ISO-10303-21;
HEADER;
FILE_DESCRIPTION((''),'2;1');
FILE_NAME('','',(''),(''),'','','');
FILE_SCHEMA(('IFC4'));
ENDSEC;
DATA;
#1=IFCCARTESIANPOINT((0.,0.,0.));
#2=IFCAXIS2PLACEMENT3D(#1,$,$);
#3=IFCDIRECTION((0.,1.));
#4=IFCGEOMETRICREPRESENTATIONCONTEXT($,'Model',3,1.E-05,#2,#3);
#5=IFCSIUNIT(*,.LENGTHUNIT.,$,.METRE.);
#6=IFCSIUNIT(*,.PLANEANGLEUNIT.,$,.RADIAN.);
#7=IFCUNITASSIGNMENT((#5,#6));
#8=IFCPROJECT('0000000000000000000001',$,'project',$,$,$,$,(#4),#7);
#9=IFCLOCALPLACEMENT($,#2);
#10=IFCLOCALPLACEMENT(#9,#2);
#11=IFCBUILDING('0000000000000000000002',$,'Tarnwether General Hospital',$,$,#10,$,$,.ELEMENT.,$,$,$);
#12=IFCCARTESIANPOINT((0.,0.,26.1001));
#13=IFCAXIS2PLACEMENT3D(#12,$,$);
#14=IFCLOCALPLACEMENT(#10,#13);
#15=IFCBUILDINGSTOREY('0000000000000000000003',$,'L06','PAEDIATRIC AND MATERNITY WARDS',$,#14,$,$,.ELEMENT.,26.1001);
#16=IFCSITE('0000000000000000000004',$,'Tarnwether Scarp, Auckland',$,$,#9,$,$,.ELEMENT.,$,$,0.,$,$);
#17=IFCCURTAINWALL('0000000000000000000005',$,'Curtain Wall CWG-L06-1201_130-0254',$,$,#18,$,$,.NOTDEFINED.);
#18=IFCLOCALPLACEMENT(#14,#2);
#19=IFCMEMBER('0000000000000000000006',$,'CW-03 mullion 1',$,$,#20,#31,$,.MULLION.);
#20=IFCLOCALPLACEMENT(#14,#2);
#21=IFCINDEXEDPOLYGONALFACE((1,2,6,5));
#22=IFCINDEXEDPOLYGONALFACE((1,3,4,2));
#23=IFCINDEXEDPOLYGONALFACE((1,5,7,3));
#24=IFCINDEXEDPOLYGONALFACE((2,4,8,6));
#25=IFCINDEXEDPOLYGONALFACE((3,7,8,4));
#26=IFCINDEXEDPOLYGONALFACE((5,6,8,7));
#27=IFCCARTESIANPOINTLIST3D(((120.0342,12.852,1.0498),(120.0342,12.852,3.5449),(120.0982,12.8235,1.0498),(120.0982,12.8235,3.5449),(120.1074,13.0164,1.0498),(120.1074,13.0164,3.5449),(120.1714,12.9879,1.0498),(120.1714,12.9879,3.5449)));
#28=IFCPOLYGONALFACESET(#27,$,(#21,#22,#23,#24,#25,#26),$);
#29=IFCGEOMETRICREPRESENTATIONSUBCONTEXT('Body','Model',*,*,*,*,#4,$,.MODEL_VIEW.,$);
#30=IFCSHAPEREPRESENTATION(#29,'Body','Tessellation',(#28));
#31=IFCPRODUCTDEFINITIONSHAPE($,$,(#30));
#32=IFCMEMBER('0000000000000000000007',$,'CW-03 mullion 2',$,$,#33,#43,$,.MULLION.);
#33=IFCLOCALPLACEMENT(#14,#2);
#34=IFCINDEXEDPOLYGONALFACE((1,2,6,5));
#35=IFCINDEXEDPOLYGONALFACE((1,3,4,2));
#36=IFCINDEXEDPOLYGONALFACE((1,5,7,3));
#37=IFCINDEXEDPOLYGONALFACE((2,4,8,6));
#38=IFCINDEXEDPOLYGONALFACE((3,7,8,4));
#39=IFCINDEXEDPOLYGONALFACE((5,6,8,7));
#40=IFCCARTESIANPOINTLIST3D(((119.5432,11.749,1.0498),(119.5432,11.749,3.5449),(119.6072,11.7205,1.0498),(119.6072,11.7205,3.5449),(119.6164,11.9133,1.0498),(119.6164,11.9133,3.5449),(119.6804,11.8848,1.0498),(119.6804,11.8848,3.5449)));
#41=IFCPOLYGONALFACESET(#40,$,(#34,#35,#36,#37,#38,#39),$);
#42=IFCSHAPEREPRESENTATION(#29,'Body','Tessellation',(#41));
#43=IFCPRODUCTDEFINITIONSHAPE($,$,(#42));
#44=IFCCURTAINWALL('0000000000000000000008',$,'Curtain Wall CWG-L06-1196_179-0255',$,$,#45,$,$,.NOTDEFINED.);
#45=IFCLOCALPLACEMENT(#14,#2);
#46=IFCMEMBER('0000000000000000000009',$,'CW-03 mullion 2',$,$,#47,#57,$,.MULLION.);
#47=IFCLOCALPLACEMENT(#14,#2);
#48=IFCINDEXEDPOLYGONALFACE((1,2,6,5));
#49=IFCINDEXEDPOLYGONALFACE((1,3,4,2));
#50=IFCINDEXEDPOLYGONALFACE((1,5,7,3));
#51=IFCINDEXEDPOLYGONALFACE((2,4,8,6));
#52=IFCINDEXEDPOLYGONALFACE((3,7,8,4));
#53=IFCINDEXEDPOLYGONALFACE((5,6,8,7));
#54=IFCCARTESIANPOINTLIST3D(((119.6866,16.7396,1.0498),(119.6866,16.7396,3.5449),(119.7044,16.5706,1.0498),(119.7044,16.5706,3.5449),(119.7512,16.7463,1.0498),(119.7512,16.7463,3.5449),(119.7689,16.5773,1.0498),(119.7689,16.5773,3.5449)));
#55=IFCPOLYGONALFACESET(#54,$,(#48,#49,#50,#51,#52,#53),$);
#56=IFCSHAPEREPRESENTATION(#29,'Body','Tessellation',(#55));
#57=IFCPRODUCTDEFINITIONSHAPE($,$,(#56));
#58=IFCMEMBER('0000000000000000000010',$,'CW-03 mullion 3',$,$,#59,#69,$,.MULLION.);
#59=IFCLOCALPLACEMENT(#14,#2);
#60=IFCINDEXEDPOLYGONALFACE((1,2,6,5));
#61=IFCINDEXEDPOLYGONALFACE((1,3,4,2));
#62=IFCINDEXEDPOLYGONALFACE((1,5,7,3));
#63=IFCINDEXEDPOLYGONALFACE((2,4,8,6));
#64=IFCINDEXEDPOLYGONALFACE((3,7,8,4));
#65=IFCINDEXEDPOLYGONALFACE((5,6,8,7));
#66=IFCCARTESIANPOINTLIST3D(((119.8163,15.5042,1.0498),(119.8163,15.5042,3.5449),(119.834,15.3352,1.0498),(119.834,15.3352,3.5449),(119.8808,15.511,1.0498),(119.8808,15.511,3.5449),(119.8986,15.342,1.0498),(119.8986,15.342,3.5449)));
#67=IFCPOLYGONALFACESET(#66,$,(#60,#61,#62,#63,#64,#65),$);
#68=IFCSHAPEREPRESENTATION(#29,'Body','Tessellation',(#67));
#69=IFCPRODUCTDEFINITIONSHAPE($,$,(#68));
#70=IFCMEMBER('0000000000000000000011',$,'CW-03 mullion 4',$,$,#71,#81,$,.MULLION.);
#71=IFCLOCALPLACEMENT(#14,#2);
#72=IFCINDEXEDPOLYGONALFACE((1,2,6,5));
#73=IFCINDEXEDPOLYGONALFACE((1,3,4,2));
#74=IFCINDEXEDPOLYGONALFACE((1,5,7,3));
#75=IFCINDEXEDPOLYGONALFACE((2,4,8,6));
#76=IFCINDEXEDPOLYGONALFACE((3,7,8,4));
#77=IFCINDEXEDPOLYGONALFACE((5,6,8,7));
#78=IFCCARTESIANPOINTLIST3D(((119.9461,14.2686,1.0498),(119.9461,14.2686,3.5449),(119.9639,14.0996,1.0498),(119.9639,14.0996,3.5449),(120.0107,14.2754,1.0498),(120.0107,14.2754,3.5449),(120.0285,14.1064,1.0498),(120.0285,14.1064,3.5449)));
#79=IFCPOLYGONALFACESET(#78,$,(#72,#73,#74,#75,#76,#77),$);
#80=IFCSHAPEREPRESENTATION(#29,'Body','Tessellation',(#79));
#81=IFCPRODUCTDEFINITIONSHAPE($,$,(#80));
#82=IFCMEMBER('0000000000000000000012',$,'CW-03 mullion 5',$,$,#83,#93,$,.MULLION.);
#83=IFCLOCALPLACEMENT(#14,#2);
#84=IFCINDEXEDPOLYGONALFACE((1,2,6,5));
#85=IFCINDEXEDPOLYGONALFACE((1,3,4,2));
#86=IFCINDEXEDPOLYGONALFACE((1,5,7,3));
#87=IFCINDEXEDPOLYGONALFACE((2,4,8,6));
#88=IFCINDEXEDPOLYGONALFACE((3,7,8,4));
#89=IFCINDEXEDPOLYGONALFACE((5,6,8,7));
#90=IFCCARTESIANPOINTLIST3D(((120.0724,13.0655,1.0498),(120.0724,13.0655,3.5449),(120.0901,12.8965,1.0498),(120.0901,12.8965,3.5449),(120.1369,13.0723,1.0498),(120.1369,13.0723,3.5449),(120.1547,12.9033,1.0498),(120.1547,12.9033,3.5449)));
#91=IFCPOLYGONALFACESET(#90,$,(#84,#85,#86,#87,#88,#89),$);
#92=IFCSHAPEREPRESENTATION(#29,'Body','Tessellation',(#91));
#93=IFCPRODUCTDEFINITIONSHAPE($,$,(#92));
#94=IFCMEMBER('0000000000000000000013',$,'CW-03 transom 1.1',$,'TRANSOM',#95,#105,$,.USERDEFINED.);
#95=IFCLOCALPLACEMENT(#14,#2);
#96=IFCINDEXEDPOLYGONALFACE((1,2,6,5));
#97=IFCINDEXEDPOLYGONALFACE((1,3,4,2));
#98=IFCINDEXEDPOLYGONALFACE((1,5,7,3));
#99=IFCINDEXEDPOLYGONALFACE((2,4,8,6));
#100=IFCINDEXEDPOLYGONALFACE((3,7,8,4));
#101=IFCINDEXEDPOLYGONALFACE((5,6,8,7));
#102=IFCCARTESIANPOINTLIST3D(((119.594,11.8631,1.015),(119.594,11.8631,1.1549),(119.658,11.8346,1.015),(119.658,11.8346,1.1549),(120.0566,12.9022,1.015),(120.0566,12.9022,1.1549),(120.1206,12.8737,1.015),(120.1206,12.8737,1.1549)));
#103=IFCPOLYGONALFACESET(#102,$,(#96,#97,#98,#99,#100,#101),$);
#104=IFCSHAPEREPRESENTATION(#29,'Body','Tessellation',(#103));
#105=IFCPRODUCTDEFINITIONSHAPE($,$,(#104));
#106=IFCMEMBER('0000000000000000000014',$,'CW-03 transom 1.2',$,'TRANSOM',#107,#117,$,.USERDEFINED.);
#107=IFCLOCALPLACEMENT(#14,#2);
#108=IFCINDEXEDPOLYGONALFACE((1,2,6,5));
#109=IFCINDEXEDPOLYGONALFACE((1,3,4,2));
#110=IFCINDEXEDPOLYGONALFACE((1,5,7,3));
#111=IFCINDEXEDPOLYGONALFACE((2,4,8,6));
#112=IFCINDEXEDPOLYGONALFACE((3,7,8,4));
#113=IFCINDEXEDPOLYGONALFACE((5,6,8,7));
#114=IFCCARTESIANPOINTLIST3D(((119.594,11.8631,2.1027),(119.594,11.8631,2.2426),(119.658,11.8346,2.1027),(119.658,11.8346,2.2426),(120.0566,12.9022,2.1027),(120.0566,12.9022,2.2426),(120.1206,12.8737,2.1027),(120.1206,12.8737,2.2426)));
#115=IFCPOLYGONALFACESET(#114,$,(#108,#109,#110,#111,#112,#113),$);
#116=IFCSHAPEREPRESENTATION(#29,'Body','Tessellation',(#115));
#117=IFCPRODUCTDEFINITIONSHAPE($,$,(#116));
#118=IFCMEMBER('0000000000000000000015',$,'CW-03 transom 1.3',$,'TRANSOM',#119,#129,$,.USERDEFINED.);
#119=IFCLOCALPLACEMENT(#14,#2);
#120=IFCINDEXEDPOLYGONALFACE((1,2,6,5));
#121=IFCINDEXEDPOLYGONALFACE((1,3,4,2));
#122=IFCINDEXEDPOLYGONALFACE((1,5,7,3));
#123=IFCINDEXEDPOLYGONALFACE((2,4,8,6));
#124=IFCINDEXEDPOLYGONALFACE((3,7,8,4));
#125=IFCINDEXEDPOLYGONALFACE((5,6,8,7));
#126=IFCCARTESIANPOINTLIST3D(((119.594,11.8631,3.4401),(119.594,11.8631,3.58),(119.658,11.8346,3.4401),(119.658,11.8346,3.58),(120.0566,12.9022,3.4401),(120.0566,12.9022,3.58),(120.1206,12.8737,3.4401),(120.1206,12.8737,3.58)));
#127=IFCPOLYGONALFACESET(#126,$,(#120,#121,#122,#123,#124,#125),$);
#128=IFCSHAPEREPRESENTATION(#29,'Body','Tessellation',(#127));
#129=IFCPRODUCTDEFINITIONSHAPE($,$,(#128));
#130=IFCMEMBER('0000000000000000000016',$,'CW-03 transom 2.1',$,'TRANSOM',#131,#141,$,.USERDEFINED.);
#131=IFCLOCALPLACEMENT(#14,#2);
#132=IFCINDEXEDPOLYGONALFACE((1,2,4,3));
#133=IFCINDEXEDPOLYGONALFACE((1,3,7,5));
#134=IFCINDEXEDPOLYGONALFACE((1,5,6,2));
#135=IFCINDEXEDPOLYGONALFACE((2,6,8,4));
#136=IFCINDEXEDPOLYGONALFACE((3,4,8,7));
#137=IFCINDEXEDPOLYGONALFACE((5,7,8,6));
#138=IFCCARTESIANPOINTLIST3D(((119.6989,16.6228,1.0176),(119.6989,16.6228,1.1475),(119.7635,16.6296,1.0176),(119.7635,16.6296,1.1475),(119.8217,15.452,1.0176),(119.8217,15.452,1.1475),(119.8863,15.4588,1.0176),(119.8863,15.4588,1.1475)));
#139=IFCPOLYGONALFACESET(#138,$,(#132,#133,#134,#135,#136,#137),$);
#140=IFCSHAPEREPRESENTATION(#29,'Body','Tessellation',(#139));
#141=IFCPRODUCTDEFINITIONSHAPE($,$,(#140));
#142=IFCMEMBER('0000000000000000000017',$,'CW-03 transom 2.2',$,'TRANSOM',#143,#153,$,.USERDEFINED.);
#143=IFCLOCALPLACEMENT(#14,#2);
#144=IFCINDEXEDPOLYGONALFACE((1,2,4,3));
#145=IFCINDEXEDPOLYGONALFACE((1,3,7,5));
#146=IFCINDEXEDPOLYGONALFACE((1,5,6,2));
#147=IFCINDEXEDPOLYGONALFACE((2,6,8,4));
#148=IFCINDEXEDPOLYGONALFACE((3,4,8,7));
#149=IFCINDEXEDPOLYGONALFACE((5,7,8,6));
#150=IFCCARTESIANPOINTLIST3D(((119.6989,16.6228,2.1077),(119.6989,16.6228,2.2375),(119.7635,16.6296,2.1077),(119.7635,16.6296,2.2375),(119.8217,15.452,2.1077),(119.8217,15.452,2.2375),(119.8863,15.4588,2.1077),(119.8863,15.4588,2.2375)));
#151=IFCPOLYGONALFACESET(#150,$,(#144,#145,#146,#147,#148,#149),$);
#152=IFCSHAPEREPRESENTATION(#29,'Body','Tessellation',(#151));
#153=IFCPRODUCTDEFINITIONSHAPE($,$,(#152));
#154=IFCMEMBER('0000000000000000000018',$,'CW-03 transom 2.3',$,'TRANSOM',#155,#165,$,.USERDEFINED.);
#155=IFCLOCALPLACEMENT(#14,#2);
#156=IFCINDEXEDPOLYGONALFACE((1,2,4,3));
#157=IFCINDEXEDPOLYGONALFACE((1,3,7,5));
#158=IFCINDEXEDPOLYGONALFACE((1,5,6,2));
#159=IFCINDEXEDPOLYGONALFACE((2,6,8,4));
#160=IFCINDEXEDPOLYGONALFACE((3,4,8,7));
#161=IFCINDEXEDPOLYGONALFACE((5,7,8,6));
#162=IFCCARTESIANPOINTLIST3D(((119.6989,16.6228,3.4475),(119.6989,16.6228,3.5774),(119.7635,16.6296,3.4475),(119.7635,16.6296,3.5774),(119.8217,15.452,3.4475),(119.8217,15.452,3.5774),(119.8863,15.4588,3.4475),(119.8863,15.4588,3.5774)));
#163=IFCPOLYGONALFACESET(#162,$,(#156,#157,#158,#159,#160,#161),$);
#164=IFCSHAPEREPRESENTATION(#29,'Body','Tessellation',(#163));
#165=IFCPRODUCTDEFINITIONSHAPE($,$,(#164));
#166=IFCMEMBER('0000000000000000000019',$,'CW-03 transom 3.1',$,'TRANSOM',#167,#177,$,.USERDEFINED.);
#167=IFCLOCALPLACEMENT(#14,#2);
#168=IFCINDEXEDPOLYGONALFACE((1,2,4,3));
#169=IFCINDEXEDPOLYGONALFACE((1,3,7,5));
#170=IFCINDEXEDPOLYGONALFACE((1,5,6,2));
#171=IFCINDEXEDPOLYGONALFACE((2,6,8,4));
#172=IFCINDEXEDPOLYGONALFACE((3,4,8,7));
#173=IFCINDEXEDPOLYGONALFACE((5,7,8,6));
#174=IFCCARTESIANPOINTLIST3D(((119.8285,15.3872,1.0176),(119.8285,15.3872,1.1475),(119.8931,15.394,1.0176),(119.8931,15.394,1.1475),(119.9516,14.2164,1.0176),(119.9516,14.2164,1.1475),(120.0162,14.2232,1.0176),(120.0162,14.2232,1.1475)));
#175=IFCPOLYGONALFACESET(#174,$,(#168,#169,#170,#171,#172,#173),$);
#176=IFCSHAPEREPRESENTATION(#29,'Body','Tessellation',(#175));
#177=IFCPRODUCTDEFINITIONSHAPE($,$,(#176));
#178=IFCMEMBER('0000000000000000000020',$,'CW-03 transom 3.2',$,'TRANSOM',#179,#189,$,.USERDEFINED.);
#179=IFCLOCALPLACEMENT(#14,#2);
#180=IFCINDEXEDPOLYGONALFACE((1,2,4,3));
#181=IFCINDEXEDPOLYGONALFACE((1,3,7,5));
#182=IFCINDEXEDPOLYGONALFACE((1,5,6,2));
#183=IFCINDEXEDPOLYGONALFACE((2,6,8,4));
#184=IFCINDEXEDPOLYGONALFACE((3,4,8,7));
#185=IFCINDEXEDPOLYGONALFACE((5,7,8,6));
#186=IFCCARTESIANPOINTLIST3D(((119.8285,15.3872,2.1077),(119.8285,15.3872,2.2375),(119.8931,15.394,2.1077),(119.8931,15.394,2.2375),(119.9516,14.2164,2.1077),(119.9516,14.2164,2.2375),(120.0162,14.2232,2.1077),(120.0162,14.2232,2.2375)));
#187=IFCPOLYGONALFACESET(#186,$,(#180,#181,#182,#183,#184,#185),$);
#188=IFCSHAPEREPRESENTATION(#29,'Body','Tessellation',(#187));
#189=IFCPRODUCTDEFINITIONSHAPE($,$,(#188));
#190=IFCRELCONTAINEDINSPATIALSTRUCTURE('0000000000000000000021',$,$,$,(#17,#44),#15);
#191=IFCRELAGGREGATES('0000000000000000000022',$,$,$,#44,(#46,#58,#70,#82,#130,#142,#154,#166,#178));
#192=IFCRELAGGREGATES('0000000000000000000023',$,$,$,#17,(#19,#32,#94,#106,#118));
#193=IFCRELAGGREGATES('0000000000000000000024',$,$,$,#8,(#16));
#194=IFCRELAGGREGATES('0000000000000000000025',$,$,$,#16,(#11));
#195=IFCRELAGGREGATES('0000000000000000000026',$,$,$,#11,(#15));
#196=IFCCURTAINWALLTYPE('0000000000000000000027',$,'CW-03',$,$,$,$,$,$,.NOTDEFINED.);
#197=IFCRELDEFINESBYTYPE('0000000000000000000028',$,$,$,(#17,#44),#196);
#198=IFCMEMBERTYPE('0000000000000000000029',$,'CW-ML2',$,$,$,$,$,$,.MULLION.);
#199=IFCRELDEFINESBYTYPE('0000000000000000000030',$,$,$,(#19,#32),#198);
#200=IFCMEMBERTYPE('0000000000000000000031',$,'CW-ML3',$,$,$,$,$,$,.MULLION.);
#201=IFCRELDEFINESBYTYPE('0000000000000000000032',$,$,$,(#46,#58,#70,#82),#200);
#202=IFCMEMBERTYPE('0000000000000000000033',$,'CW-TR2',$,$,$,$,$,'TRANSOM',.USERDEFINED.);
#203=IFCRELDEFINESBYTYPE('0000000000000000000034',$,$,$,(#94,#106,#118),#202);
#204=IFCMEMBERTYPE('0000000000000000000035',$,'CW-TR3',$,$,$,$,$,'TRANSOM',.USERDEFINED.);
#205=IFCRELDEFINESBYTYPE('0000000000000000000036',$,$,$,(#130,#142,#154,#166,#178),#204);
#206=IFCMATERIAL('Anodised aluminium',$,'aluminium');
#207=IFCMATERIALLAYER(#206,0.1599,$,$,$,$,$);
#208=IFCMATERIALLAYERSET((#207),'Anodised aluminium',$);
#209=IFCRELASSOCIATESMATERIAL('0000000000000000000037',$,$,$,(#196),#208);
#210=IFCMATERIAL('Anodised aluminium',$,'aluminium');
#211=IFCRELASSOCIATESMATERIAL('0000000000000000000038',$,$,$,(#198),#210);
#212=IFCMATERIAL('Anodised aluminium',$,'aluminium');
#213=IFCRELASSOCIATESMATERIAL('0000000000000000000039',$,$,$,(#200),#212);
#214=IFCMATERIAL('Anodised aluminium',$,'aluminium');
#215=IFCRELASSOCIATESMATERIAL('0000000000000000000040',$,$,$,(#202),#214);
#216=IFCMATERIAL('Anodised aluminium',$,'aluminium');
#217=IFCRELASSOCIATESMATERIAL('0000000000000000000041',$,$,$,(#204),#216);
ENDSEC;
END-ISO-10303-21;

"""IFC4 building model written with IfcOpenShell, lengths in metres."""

from ifc_helpers import new_model, si_unit, direction, frame, origin, origin_2d, place, context, subcontext, project, spatial, rectangle, extrude, material, layer, layer_set, material_profile, profile_set, type_object, element, aggregate, save


model = new_model("IFC4")

# Units and contexts
model_context = context("Model", 3, precision=1e-05, world=origin(), true_north=direction((0.0, 1.0)))
body_context = subcontext(model_context, "Body", "Model", "MODEL_VIEW")
ifc_project = project(units=[si_unit("LENGTHUNIT", "METRE"), si_unit("PLANEANGLEUNIT", "RADIAN")], contexts=[model_context])

# Site, building, storey
site_placement = place(None, origin())
site = spatial("IfcSite", under=ifc_project, at=site_placement, Name="Tarnwether Scarp, Auckland", CompositionType="ELEMENT", RefElevation=0.0)
building_placement = place(site_placement, origin())
building = spatial("IfcBuilding", under=site, at=building_placement, Name="Tarnwether General Hospital", CompositionType="ELEMENT")
storey_placement = place(building_placement, frame((0.0, 0.0, 26.1001)))
storey = spatial("IfcBuildingStorey", under=building, at=storey_placement, Name="L06", Description="PAEDIATRIC AND MATERNITY WARDS", CompositionType="ELEMENT", Elevation=26.1001)

# Curtain walls, members
ifc_material_1 = material(Name="Anodised aluminium", Category="aluminium")
ifc_layer_1 = layer(ifc_material_1, 0.1599)
ifc_layer_set_1 = layer_set([ifc_layer_1], Name="Anodised aluminium")
curtain_wall_type = type_object("IfcCurtainWallType", Name="CW-03", PredefinedType="NOTDEFINED", material=ifc_layer_set_1)
curtain_wall_1_placement = place(storey_placement, origin())
curtain_wall_1 = element("IfcCurtainWall", 1, at=curtain_wall_1_placement, inside=storey, type_object=curtain_wall_type, Name="Curtain Wall CWG-L06-1201_130-0254", PredefinedType="NOTDEFINED")
ifc_material_2 = material(Name="Anodised aluminium", Category="aluminium")
ifc_material_profile_1 = material_profile(ifc_material_2, rectangle(XDim=0.0701, YDim=0.1799, at=origin_2d()), Name="ALU-MUL-70x180")
ifc_profile_set_1 = profile_set([ifc_material_profile_1], Name="Anodised aluminium")
member_type_1 = type_object("IfcMemberType", Name="CW-ML2", PredefinedType="MULLION", material=ifc_profile_set_1)
member_1_placement = place(storey_placement, frame((120.1028, 12.9199, 1.0498), z_axis=(0.0, 0.0, 1.0), x_axis=(0.913571, -0.40668, 0.0)))
member_1 = element("IfcMember", 2, at=member_1_placement, type_object=member_type_1, Name="CW-03 mullion 1", PredefinedType="MULLION", context=body_context, shape_type="SweptSolid", body=[
    extrude(rectangle(XDim=0.0701, YDim=0.1799, at=origin_2d()), origin(), (0.0, 0.0, 1.0), 2.4951),
])
member_2_placement = place(storey_placement, frame((119.6118, 11.8169, 1.0498), z_axis=(0.0, 0.0, 1.0), x_axis=(0.913571, -0.40668, 0.0)))
member_2 = element("IfcMember", 3, at=member_2_placement, type_object=member_type_1, Name="CW-03 mullion 2", PredefinedType="MULLION", context=body_context, shape_type="SweptSolid", body=[
    extrude(rectangle(XDim=0.0701, YDim=0.1799, at=origin_2d()), origin(), (0.0, 0.0, 1.0), 2.4951),
])
curtain_wall_2_placement = place(storey_placement, origin())
curtain_wall_2 = element("IfcCurtainWall", 4, at=curtain_wall_2_placement, inside=storey, type_object=curtain_wall_type, Name="Curtain Wall CWG-L06-1196_179-0255", PredefinedType="NOTDEFINED")
ifc_material_3 = material(Name="Anodised aluminium", Category="aluminium")
ifc_material_profile_2 = material_profile(ifc_material_3, rectangle(XDim=0.0649, YDim=0.1699, at=origin_2d()), Name="ALU-MUL-65x170")
ifc_profile_set_2 = profile_set([ifc_material_profile_2], Name="Anodised aluminium")
member_type_2 = type_object("IfcMemberType", Name="CW-ML3", PredefinedType="MULLION", material=ifc_profile_set_2)
member_3_placement = place(storey_placement, frame((119.7278, 16.6584, 1.0498), z_axis=(0.0, 0.0, 1.0), x_axis=(0.994531, 0.104444, 0.0)))
member_3 = element("IfcMember", 5, at=member_3_placement, type_object=member_type_2, Name="CW-03 mullion 2", PredefinedType="MULLION", context=body_context, shape_type="SweptSolid", body=[
    extrude(rectangle(XDim=0.0649, YDim=0.1699, at=origin_2d()), origin(), (0.0, 0.0, 1.0), 2.4951),
])
member_4_placement = place(storey_placement, frame((119.8574, 15.4231, 1.0498), z_axis=(0.0, 0.0, 1.0), x_axis=(0.994531, 0.104444, 0.0)))
member_4 = element("IfcMember", 6, at=member_4_placement, type_object=member_type_2, Name="CW-03 mullion 3", PredefinedType="MULLION", context=body_context, shape_type="SweptSolid", body=[
    extrude(rectangle(XDim=0.0649, YDim=0.1699, at=origin_2d()), origin(), (0.0, 0.0, 1.0), 2.4951),
])
member_5_placement = place(storey_placement, frame((119.9873, 14.1875, 1.0498), z_axis=(0.0, 0.0, 1.0), x_axis=(0.994531, 0.104444, 0.0)))
member_5 = element("IfcMember", 7, at=member_5_placement, type_object=member_type_2, Name="CW-03 mullion 4", PredefinedType="MULLION", context=body_context, shape_type="SweptSolid", body=[
    extrude(rectangle(XDim=0.0649, YDim=0.1699, at=origin_2d()), origin(), (0.0, 0.0, 1.0), 2.4951),
])
member_6_placement = place(storey_placement, frame((120.1135, 12.9844, 1.0498), z_axis=(0.0, 0.0, 1.0), x_axis=(0.994531, 0.104444, 0.0)))
member_6 = element("IfcMember", 8, at=member_6_placement, type_object=member_type_2, Name="CW-03 mullion 5", PredefinedType="MULLION", context=body_context, shape_type="SweptSolid", body=[
    extrude(rectangle(XDim=0.0649, YDim=0.1699, at=origin_2d()), origin(), (0.0, 0.0, 1.0), 2.4951),
])

# Members
ifc_material_4 = material(Name="Anodised aluminium", Category="aluminium")
ifc_material_profile_3 = material_profile(ifc_material_4, rectangle(XDim=0.0701, YDim=0.1399, at=origin_2d()), Name="ALU-TRN-70x140")
ifc_profile_set_3 = profile_set([ifc_material_profile_3], Name="Anodised aluminium")
member_type_3 = type_object("IfcMemberType", Name="CW-TR2", ElementType="TRANSOM", PredefinedType="USERDEFINED", material=ifc_profile_set_3)
member_7_placement = place(storey_placement, frame((120.0886, 12.8879, 1.085), z_axis=(-0.406756, -0.913537, 0.0), x_axis=(0.913537, -0.406756, 0.0)))
member_7 = element("IfcMember", 9, at=member_7_placement, type_object=member_type_3, Name="CW-03 transom 1.1", ObjectType="TRANSOM", PredefinedType="USERDEFINED", context=body_context, shape_type="SweptSolid", body=[
    extrude(rectangle(XDim=0.0701, YDim=0.1399, at=origin_2d()), origin(), (0.0, 0.0, 1.0), 1.1375),
])
member_8_placement = place(storey_placement, frame((120.0886, 12.8879, 2.1726), z_axis=(-0.406756, -0.913537, 0.0), x_axis=(0.913537, -0.406756, 0.0)))
member_8 = element("IfcMember", 10, at=member_8_placement, type_object=member_type_3, Name="CW-03 transom 1.2", ObjectType="TRANSOM", PredefinedType="USERDEFINED", context=body_context, shape_type="SweptSolid", body=[
    extrude(rectangle(XDim=0.0701, YDim=0.1399, at=origin_2d()), origin(), (0.0, 0.0, 1.0), 1.1375),
])
member_9_placement = place(storey_placement, frame((120.0886, 12.8879, 3.51), z_axis=(-0.406756, -0.913537, 0.0), x_axis=(0.913537, -0.406756, 0.0)))
member_9 = element("IfcMember", 11, at=member_9_placement, type_object=member_type_3, Name="CW-03 transom 1.3", ObjectType="TRANSOM", PredefinedType="USERDEFINED", context=body_context, shape_type="SweptSolid", body=[
    extrude(rectangle(XDim=0.0701, YDim=0.1399, at=origin_2d()), origin(), (0.0, 0.0, 1.0), 1.1375),
])
ifc_material_5 = material(Name="Anodised aluminium", Category="aluminium")
ifc_material_profile_4 = material_profile(ifc_material_5, rectangle(XDim=0.0649, YDim=0.1299, at=origin_2d()), Name="ALU-TRN-65x130")
ifc_profile_set_4 = profile_set([ifc_material_profile_4], Name="Anodised aluminium")
member_type_4 = type_object("IfcMemberType", Name="CW-TR3", ElementType="TRANSOM", PredefinedType="USERDEFINED", material=ifc_profile_set_4)
member_10_placement = place(storey_placement, frame((119.7312, 16.6262, 1.0825), z_axis=(0.104307, -0.994545, 0.0), x_axis=(0.994545, 0.104307, 0.0)))
member_10 = element("IfcMember", 12, at=member_10_placement, type_object=member_type_4, Name="CW-03 transom 2.1", ObjectType="TRANSOM", PredefinedType="USERDEFINED", context=body_context, shape_type="SweptSolid", body=[
    extrude(rectangle(XDim=0.0649, YDim=0.1299, at=origin_2d()), origin(), (0.0, 0.0, 1.0), 1.1772),
])
member_11_placement = place(storey_placement, frame((119.7312, 16.6262, 2.1726), z_axis=(0.104307, -0.994545, 0.0), x_axis=(0.994545, 0.104307, 0.0)))
member_11 = element("IfcMember", 13, at=member_11_placement, type_object=member_type_4, Name="CW-03 transom 2.2", ObjectType="TRANSOM", PredefinedType="USERDEFINED", context=body_context, shape_type="SweptSolid", body=[
    extrude(rectangle(XDim=0.0649, YDim=0.1299, at=origin_2d()), origin(), (0.0, 0.0, 1.0), 1.1772),
])
member_12_placement = place(storey_placement, frame((119.7312, 16.6262, 3.5125), z_axis=(0.104307, -0.994545, 0.0), x_axis=(0.994545, 0.104307, 0.0)))
member_12 = element("IfcMember", 14, at=member_12_placement, type_object=member_type_4, Name="CW-03 transom 2.3", ObjectType="TRANSOM", PredefinedType="USERDEFINED", context=body_context, shape_type="SweptSolid", body=[
    extrude(rectangle(XDim=0.0649, YDim=0.1299, at=origin_2d()), origin(), (0.0, 0.0, 1.0), 1.1772),
])
member_13_placement = place(storey_placement, frame((119.8608, 15.3906, 1.0825), z_axis=(0.104512, -0.994524, 0.0), x_axis=(0.994524, 0.104512, 0.0)))
member_13 = element("IfcMember", 15, at=member_13_placement, type_object=member_type_4, Name="CW-03 transom 3.1", ObjectType="TRANSOM", PredefinedType="USERDEFINED", context=body_context, shape_type="SweptSolid", body=[
    extrude(rectangle(XDim=0.0649, YDim=0.1299, at=origin_2d()), origin(), (0.0, 0.0, 1.0), 1.1772),
])
member_14_placement = place(storey_placement, frame((119.8608, 15.3906, 2.1726), z_axis=(0.104512, -0.994524, 0.0), x_axis=(0.994524, 0.104512, 0.0)))
member_14 = element("IfcMember", 16, at=member_14_placement, type_object=member_type_4, Name="CW-03 transom 3.2", ObjectType="TRANSOM", PredefinedType="USERDEFINED", context=body_context, shape_type="SweptSolid", body=[
    extrude(rectangle(XDim=0.0649, YDim=0.1299, at=origin_2d()), origin(), (0.0, 0.0, 1.0), 1.1772),
])

aggregate(curtain_wall_2, [member_3, member_4, member_5, member_6, member_10, member_11, member_12, member_13, member_14])
aggregate(curtain_wall_1, [member_1, member_2, member_7, member_8, member_9])

save(model, "model.ifc")
